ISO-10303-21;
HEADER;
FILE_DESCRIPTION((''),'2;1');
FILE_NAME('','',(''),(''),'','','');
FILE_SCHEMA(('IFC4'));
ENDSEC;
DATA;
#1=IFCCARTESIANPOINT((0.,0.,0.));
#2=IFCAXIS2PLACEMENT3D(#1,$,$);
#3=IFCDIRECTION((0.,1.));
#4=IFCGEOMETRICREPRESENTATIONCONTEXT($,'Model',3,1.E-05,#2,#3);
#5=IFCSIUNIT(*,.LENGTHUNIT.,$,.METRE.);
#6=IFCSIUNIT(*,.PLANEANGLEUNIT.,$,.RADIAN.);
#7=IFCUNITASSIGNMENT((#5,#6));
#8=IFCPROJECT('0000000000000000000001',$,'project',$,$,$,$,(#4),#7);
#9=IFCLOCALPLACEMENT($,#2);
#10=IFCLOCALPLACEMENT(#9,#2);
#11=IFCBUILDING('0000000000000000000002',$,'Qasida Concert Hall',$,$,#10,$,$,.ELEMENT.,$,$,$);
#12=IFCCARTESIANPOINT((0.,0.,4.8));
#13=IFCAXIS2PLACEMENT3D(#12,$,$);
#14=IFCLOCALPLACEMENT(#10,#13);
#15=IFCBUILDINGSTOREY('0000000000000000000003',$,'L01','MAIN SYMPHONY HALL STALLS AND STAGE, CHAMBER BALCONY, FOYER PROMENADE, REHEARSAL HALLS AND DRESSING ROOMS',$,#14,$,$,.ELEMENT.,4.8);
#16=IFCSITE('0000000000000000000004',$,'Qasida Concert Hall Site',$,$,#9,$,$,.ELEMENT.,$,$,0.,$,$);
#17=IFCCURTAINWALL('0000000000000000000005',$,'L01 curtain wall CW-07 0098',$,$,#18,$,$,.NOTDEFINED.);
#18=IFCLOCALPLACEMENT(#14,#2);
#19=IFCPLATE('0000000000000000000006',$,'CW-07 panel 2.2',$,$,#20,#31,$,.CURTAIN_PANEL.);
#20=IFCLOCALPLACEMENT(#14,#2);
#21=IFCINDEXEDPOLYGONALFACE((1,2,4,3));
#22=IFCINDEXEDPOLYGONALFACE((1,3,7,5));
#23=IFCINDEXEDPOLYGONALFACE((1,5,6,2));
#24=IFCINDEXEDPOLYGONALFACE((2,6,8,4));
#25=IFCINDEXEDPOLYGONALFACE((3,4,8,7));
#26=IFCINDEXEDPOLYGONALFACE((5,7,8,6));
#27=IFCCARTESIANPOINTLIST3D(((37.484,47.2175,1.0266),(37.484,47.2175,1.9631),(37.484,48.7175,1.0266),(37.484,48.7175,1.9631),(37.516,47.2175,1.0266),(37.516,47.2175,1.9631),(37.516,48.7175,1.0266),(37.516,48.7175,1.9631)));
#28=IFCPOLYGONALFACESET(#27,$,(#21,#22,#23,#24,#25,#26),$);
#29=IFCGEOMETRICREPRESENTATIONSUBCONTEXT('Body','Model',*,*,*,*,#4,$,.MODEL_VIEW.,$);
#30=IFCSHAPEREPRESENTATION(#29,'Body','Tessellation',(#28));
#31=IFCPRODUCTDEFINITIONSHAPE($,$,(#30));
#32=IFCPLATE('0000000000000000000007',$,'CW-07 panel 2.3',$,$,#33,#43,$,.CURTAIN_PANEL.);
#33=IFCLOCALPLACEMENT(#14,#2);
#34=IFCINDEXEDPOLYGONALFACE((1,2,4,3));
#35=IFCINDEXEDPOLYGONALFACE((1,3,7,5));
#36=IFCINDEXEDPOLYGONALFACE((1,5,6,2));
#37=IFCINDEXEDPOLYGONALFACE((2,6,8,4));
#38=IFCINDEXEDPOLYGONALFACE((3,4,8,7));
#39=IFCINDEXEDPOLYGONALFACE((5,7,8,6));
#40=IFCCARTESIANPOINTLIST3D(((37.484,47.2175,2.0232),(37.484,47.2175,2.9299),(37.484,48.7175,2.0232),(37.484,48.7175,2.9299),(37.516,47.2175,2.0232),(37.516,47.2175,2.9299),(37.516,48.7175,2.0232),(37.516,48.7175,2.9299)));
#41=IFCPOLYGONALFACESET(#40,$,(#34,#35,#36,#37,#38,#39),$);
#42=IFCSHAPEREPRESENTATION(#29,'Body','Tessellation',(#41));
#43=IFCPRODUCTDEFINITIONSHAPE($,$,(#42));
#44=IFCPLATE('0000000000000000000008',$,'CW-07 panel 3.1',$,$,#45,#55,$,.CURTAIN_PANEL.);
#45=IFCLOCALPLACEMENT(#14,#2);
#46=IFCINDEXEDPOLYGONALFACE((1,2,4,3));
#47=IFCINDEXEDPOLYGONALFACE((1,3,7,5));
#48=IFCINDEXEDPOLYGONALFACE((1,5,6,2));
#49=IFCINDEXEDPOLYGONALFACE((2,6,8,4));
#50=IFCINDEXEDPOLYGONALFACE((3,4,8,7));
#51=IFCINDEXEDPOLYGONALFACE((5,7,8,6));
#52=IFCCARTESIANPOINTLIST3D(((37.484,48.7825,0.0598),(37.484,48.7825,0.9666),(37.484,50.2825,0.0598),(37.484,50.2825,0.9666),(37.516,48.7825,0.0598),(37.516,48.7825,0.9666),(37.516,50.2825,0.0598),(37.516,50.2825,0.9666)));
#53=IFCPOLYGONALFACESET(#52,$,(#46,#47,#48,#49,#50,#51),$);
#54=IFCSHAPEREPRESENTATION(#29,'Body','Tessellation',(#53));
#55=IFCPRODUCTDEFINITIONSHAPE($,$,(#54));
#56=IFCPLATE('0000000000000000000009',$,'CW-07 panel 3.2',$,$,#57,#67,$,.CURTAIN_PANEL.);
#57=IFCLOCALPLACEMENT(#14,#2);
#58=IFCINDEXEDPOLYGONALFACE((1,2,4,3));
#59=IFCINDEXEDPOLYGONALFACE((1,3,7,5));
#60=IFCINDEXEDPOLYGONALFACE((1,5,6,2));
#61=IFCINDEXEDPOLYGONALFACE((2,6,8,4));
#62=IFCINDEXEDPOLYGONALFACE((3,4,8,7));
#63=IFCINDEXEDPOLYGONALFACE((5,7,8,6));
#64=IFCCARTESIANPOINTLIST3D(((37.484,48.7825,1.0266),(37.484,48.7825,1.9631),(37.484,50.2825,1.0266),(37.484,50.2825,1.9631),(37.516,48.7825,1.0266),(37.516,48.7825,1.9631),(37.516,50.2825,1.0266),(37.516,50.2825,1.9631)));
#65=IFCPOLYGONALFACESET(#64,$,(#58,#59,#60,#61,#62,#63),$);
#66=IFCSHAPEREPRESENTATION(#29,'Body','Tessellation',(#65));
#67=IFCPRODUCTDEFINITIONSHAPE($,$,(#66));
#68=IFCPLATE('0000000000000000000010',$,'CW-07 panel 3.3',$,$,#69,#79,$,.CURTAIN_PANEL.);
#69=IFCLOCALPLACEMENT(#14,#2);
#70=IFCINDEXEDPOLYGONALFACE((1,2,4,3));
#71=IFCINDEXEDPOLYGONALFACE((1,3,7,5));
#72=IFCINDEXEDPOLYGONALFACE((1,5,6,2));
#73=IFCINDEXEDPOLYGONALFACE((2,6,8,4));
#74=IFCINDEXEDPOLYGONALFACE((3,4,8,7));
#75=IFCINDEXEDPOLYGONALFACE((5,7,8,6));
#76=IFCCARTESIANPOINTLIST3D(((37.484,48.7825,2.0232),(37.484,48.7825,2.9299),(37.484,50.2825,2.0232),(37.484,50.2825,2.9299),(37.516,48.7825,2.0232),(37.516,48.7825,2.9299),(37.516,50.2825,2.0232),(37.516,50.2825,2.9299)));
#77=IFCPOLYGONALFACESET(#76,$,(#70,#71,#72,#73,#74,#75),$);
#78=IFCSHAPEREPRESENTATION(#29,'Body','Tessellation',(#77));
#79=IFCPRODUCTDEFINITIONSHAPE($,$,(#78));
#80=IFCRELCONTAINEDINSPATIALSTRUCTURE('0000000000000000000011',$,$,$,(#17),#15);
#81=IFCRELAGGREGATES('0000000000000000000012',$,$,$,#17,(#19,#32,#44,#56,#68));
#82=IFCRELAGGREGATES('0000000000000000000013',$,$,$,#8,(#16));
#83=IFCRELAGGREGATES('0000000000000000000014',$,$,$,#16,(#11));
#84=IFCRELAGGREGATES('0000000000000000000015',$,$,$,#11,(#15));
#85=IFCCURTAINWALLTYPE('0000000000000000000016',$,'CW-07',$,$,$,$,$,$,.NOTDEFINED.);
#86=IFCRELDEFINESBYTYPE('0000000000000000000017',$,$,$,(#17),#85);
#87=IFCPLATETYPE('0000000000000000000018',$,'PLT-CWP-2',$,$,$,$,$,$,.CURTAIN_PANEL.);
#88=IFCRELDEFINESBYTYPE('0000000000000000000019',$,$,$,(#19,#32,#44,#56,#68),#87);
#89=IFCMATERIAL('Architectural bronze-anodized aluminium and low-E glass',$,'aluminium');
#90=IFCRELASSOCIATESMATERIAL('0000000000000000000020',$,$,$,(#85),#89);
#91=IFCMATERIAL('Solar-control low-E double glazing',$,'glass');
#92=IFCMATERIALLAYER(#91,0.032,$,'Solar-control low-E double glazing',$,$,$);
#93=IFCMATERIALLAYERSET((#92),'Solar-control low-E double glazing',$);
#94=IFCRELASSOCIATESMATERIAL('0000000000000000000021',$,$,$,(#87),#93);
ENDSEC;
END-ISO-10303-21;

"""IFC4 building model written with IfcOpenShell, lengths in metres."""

from ifc_helpers import new_model, si_unit, direction, frame, origin, origin_2d, place, context, subcontext, project, spatial, rectangle, extrude, material, layer, layer_set, type_object, element, aggregate, save


model = new_model("IFC4")

# Units and contexts
model_context = context("Model", 3, precision=1e-05, world=origin(), true_north=direction((0.0, 1.0)))
body_context = subcontext(model_context, "Body", "Model", "MODEL_VIEW")
ifc_project = project(units=[si_unit("LENGTHUNIT", "METRE"), si_unit("PLANEANGLEUNIT", "RADIAN")], contexts=[model_context])

# Site, building, storey
site_placement = place(None, origin())
site = spatial("IfcSite", under=ifc_project, at=site_placement, Name="Qasida Concert Hall Site", CompositionType="ELEMENT", RefElevation=0.0)
building_placement = place(site_placement, origin())
building = spatial("IfcBuilding", under=site, at=building_placement, Name="Qasida Concert Hall", CompositionType="ELEMENT")
storey_placement = place(building_placement, frame((0.0, 0.0, 4.8)))
storey = spatial("IfcBuildingStorey", under=building, at=storey_placement, Name="L01", Description="MAIN SYMPHONY HALL STALLS AND STAGE, CHAMBER BALCONY, FOYER PROMENADE, REHEARSAL HALLS AND DRESSING ROOMS", CompositionType="ELEMENT", Elevation=4.8)

# Curtain wall, plates
ifc_material_1 = material(Name="Architectural bronze-anodized aluminium and low-E glass", Category="aluminium")
curtain_wall_type = type_object("IfcCurtainWallType", Name="CW-07", PredefinedType="NOTDEFINED", material=ifc_material_1)
curtain_wall_placement = place(storey_placement, origin())
curtain_wall = element("IfcCurtainWall", 1, at=curtain_wall_placement, inside=storey, type_object=curtain_wall_type, Name="L01 curtain wall CW-07 0098", PredefinedType="NOTDEFINED")
ifc_material_2 = material(Name="Solar-control low-E double glazing", Category="glass")
ifc_layer = layer(ifc_material_2, 0.032, Name="Solar-control low-E double glazing")
ifc_layer_set = layer_set([ifc_layer], Name="Solar-control low-E double glazing")
plate_type = type_object("IfcPlateType", Name="PLT-CWP-2", PredefinedType="CURTAIN_PANEL", material=ifc_layer_set)
plate_1_placement = place(storey_placement, frame((37.5, 47.9675, 1.0266), z_axis=(0.0, 0.0, 1.0), x_axis=(0.0, 1.0, 0.0)))
plate_1 = element("IfcPlate", 2, at=plate_1_placement, type_object=plate_type, Name="CW-07 panel 2.2", PredefinedType="CURTAIN_PANEL", context=body_context, shape_type="SweptSolid", body=[
    extrude(rectangle(XDim=1.5, YDim=0.032, at=origin_2d()), origin(), (0.0, 0.0, 1.0), 0.9365),
])
plate_2_placement = place(storey_placement, frame((37.5, 47.9675, 2.0232), z_axis=(0.0, 0.0, 1.0), x_axis=(0.0, 1.0, 0.0)))
plate_2 = element("IfcPlate", 3, at=plate_2_placement, type_object=plate_type, Name="CW-07 panel 2.3", PredefinedType="CURTAIN_PANEL", context=body_context, shape_type="SweptSolid", body=[
    extrude(rectangle(XDim=1.5, YDim=0.032, at=origin_2d()), origin(), (0.0, 0.0, 1.0), 0.9067),
])
plate_3_placement = place(storey_placement, frame((37.5, 49.5325, 0.0598), z_axis=(0.0, 0.0, 1.0), x_axis=(0.0, 1.0, 0.0)))
plate_3 = element("IfcPlate", 4, at=plate_3_placement, type_object=plate_type, Name="CW-07 panel 3.1", PredefinedType="CURTAIN_PANEL", context=body_context, shape_type="SweptSolid", body=[
    extrude(rectangle(XDim=1.5, YDim=0.032, at=origin_2d()), origin(), (0.0, 0.0, 1.0), 0.9067),
])
plate_4_placement = place(storey_placement, frame((37.5, 49.5325, 1.0266), z_axis=(0.0, 0.0, 1.0), x_axis=(0.0, 1.0, 0.0)))
plate_4 = element("IfcPlate", 5, at=plate_4_placement, type_object=plate_type, Name="CW-07 panel 3.2", PredefinedType="CURTAIN_PANEL", context=body_context, shape_type="SweptSolid", body=[
    extrude(rectangle(XDim=1.5, YDim=0.032, at=origin_2d()), origin(), (0.0, 0.0, 1.0), 0.9365),
])
plate_5_placement = place(storey_placement, frame((37.5, 49.5325, 2.0232), z_axis=(0.0, 0.0, 1.0), x_axis=(0.0, 1.0, 0.0)))
plate_5 = element("IfcPlate", 6, at=plate_5_placement, type_object=plate_type, Name="CW-07 panel 3.3", PredefinedType="CURTAIN_PANEL", context=body_context, shape_type="SweptSolid", body=[
    extrude(rectangle(XDim=1.5, YDim=0.032, at=origin_2d()), origin(), (0.0, 0.0, 1.0), 0.9067),
])
aggregate(curtain_wall, [plate_1, plate_2, plate_3, plate_4, plate_5])

save(model, "model.ifc")
